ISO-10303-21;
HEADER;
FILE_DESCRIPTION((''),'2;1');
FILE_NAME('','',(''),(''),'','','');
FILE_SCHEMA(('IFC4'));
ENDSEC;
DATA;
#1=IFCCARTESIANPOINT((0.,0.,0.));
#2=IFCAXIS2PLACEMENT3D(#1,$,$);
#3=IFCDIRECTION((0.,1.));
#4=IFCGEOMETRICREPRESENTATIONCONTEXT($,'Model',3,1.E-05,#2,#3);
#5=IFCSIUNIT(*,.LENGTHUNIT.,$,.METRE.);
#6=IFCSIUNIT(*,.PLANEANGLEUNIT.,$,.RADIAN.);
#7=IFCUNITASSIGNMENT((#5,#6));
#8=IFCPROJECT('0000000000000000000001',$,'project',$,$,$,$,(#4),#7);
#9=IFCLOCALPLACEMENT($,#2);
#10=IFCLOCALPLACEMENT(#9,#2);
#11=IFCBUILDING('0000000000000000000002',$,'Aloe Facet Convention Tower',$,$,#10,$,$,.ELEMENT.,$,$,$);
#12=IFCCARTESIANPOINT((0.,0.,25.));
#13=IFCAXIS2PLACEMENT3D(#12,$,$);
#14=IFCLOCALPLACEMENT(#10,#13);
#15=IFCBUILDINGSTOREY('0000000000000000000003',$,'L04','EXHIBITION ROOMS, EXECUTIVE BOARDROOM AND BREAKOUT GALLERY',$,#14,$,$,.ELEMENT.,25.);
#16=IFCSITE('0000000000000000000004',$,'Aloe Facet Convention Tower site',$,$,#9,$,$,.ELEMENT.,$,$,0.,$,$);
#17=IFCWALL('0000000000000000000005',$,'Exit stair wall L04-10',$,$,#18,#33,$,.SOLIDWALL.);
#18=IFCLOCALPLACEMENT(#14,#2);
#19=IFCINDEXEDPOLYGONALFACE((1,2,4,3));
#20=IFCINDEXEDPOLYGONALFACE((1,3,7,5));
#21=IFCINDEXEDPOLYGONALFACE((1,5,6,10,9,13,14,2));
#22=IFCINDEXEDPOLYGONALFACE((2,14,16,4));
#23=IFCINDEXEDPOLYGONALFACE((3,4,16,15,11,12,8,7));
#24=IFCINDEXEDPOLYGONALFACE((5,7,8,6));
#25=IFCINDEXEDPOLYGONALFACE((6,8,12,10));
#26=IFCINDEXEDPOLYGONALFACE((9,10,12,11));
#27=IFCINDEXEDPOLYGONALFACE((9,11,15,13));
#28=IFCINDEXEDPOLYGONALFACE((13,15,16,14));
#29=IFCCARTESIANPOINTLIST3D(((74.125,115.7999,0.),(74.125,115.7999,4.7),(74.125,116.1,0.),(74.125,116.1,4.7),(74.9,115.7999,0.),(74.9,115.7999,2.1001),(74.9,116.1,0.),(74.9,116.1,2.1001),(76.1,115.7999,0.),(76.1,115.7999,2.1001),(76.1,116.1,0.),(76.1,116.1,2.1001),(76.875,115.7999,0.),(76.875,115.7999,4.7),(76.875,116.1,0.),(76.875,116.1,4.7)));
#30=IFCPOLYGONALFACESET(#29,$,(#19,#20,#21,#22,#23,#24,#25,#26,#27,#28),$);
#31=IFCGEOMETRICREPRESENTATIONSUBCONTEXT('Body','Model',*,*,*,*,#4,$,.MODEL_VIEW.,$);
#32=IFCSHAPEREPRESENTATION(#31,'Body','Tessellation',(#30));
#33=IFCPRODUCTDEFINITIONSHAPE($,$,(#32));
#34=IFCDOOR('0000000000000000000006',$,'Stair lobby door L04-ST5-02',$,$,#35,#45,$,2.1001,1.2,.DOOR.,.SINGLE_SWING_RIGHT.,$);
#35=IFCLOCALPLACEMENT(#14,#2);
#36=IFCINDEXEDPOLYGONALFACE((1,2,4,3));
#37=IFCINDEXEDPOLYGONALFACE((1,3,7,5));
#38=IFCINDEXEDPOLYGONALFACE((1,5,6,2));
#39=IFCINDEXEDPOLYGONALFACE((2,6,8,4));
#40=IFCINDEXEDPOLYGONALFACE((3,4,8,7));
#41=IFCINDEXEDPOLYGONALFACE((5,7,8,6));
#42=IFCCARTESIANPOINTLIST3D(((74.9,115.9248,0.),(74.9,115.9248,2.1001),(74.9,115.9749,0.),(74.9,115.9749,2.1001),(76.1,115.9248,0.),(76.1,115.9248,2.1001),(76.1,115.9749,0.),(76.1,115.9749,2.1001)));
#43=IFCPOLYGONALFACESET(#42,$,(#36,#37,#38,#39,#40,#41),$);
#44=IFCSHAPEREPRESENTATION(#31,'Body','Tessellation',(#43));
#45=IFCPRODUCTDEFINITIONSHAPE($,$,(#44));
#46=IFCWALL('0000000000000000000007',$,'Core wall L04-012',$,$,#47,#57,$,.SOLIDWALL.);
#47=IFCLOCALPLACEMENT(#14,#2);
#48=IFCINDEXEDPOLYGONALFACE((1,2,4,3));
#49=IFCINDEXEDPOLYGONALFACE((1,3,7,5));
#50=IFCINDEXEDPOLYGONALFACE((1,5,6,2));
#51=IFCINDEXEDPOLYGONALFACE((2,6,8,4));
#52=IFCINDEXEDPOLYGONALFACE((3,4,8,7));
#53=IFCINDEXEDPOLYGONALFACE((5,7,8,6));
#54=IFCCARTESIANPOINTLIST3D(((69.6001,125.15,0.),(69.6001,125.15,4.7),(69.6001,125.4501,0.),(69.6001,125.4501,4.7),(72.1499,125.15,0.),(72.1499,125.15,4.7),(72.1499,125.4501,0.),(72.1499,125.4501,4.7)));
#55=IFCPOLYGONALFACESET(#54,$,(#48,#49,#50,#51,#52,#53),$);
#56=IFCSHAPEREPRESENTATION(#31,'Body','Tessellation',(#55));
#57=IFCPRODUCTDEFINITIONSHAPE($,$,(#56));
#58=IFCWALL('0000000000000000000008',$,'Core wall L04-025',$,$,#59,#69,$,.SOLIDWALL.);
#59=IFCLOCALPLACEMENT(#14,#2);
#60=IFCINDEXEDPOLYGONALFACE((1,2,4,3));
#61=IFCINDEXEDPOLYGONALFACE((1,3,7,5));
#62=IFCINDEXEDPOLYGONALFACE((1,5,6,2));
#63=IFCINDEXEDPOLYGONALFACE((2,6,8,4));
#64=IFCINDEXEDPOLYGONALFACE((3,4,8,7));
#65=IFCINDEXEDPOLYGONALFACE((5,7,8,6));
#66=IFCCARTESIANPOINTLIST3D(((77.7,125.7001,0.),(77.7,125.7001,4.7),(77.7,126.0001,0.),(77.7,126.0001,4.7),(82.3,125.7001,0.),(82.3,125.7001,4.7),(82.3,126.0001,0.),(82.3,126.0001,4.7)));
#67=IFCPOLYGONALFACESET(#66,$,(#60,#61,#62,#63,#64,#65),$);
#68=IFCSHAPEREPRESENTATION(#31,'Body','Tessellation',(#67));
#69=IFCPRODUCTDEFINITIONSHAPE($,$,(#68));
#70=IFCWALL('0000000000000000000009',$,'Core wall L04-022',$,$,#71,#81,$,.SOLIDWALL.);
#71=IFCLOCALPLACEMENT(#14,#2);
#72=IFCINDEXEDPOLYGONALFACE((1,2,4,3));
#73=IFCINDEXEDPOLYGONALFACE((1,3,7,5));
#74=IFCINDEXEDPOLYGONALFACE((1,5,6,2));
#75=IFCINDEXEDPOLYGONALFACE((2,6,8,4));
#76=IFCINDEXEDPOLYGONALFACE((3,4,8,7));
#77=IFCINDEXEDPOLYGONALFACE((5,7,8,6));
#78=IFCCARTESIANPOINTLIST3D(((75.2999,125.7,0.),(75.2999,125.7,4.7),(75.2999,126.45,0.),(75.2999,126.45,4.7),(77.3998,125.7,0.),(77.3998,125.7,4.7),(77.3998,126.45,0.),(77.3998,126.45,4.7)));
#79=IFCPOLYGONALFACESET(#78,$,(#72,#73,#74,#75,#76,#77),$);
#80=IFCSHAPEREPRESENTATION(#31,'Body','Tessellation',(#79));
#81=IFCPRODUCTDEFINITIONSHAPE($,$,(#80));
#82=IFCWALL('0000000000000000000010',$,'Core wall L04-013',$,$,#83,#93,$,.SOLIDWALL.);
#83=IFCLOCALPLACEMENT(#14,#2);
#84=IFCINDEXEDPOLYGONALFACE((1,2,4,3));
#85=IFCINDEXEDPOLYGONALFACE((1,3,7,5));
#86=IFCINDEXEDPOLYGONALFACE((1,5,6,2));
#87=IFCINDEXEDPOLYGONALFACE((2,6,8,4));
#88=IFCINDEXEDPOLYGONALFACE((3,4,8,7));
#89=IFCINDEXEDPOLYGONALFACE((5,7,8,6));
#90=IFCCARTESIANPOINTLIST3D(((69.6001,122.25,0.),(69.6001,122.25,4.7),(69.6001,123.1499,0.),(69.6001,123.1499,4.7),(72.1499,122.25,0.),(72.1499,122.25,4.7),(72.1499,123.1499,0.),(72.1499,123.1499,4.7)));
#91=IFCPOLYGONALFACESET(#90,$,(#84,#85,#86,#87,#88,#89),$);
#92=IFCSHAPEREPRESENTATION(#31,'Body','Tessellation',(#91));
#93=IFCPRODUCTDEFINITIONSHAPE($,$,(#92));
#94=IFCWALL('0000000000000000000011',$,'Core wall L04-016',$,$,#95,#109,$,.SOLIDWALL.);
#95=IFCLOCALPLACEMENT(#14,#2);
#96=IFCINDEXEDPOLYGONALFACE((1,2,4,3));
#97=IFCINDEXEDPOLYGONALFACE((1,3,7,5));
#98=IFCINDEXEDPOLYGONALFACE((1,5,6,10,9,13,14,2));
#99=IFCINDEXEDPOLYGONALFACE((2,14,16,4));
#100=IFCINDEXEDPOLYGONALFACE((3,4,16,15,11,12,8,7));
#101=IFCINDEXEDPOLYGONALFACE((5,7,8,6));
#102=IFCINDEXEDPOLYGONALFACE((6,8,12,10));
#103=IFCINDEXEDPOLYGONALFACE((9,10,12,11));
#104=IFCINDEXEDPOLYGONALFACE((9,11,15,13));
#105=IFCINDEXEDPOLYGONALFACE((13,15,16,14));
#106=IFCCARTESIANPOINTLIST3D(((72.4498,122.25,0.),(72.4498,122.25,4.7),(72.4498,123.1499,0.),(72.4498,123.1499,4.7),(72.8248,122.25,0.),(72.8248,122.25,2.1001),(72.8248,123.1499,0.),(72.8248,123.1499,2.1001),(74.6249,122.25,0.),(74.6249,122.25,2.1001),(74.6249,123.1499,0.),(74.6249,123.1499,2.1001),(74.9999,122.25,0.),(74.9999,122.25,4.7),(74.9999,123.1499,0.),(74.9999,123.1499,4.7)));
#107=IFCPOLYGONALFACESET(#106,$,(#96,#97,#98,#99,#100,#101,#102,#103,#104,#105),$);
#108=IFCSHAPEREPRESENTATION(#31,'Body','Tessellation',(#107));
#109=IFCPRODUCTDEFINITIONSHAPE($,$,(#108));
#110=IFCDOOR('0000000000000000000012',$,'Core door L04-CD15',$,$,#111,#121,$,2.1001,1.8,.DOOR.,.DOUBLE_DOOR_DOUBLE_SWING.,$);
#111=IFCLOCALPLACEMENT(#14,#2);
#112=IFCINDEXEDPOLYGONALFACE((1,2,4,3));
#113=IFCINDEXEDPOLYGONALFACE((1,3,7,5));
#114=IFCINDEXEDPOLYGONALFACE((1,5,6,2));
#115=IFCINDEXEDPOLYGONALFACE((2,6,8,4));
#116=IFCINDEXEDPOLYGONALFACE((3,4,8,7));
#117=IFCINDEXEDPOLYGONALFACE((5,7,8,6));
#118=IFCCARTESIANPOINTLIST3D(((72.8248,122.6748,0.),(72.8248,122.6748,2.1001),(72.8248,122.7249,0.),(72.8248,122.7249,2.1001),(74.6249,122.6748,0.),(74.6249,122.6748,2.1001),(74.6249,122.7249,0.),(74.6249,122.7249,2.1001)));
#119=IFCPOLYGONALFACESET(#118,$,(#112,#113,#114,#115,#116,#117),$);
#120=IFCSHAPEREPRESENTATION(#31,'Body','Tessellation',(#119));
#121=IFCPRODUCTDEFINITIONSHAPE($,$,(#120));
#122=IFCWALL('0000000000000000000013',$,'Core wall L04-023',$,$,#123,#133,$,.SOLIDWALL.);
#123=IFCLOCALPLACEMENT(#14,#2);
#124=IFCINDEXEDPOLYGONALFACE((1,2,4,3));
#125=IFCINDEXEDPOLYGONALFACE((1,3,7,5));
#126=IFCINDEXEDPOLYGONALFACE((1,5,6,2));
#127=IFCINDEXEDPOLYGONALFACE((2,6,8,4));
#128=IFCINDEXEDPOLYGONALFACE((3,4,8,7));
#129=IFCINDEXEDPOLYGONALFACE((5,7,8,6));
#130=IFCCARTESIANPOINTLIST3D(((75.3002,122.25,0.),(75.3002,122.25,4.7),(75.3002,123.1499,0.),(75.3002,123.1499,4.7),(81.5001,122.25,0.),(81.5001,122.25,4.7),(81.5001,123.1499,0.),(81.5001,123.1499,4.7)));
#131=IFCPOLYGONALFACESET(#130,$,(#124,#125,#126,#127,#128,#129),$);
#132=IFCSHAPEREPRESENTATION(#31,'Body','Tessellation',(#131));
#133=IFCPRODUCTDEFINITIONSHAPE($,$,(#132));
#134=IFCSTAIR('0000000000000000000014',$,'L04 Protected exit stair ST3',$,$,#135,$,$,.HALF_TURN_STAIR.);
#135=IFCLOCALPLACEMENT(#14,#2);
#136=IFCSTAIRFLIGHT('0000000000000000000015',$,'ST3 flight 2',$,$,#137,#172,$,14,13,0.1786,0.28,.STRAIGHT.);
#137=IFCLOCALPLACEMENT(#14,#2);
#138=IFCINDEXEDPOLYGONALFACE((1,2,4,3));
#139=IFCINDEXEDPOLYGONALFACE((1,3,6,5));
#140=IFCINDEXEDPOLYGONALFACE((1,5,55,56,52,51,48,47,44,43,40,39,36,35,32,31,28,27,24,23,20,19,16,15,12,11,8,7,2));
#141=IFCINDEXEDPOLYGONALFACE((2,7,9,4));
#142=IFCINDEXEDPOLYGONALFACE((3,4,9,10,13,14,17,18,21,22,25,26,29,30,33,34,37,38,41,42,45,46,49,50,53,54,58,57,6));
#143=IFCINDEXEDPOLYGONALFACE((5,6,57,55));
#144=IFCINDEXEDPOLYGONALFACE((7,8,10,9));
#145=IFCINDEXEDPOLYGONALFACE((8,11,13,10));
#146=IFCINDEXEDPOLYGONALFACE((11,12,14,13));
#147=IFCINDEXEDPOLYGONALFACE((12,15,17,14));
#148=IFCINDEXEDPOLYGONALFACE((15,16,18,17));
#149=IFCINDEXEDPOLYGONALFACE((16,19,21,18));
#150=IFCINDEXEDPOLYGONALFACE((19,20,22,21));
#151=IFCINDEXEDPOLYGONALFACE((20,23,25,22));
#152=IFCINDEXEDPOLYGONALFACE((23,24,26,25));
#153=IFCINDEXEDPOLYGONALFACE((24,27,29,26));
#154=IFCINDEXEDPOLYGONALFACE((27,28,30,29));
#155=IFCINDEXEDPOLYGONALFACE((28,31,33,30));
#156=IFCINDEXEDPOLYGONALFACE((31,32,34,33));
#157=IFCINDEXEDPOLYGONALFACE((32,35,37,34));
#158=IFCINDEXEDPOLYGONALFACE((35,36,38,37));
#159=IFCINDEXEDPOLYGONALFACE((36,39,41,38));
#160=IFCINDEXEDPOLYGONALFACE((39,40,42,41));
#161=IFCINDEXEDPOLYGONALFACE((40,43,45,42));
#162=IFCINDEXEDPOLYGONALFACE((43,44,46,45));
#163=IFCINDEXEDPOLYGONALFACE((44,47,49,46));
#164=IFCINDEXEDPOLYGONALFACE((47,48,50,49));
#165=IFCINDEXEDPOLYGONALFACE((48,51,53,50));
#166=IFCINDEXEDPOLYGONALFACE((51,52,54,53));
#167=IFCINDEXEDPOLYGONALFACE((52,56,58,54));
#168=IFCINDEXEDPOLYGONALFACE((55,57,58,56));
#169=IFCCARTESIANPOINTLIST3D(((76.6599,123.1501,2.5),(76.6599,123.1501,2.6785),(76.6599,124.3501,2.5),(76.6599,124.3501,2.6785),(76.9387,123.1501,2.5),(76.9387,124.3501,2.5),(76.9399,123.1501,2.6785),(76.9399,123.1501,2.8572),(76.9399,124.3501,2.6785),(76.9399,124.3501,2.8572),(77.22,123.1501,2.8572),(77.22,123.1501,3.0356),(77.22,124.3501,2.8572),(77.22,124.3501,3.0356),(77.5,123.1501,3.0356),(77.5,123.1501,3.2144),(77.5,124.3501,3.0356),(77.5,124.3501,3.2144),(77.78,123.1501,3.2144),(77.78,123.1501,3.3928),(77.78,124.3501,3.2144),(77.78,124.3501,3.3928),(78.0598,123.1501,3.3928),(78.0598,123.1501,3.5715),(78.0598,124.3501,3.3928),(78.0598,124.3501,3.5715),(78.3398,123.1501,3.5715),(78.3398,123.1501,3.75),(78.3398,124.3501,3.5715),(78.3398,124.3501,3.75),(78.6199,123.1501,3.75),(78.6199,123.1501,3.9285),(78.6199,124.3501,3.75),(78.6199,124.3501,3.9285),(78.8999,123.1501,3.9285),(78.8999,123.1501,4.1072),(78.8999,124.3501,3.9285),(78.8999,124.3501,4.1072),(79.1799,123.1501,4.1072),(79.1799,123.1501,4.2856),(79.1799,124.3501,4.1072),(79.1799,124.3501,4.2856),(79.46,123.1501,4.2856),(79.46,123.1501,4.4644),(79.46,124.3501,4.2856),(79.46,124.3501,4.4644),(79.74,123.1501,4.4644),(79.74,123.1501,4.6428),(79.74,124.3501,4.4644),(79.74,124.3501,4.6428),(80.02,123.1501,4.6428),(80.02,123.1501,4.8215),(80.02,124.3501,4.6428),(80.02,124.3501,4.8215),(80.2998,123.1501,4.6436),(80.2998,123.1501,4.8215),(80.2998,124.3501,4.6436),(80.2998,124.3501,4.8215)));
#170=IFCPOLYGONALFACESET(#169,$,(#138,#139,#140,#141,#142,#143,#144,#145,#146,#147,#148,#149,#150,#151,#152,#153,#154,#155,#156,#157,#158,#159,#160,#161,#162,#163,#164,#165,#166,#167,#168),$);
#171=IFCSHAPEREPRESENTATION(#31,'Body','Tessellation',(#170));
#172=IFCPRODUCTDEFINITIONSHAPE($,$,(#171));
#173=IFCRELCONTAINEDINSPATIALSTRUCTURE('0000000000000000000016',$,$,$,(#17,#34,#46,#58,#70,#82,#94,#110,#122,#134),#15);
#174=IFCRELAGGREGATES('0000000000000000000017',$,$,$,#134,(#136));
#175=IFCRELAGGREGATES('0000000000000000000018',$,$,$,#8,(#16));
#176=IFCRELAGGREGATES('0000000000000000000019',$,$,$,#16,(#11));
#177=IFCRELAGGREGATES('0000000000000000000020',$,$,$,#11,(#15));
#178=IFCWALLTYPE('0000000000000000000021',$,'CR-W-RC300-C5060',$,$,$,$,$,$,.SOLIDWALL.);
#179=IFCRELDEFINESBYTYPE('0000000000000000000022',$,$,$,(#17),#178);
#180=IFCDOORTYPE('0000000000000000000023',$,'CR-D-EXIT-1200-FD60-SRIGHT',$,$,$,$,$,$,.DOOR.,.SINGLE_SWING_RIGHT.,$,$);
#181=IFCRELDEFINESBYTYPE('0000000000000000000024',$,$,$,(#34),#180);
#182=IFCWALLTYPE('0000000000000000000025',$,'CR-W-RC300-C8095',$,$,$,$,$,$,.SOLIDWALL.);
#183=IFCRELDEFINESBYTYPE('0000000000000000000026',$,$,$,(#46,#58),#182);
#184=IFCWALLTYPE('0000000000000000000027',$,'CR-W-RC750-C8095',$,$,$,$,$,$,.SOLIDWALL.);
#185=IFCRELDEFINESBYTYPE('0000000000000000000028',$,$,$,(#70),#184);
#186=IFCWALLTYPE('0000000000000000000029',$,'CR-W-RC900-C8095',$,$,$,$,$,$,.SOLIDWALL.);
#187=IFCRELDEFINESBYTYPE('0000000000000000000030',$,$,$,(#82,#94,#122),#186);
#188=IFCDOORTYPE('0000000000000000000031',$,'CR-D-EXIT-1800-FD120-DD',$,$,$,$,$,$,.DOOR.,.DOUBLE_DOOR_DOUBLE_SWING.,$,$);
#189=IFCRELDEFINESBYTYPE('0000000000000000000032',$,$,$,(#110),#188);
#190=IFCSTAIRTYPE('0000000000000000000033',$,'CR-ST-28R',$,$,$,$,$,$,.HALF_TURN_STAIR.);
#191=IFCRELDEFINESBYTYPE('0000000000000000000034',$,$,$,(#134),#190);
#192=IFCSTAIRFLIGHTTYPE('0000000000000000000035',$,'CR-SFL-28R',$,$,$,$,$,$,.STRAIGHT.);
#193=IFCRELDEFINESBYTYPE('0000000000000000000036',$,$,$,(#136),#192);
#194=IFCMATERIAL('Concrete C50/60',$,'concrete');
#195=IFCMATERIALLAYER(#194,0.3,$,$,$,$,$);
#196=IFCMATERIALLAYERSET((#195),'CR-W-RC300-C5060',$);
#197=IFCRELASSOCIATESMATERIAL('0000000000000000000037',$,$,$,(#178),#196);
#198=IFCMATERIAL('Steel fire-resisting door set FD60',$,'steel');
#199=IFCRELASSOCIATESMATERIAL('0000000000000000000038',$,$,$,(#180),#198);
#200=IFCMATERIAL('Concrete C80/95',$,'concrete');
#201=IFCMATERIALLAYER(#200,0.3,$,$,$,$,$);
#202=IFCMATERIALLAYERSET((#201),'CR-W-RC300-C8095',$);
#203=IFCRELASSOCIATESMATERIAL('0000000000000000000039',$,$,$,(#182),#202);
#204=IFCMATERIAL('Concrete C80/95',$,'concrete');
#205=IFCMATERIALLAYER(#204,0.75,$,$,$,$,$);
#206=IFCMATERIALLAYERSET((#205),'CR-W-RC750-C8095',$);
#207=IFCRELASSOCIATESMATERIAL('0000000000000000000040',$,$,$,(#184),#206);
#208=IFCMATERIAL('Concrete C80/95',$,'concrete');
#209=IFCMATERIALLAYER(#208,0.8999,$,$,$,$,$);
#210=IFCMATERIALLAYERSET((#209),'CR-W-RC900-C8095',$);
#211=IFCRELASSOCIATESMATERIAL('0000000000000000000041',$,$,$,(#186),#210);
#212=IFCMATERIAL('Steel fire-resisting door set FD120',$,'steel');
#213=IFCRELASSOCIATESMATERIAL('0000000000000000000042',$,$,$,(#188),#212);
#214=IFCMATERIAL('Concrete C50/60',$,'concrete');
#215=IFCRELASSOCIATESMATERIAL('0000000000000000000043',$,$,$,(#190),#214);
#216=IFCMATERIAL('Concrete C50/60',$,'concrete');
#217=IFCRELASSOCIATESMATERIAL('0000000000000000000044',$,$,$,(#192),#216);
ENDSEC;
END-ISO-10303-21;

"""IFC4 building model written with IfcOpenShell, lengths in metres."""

from ifc_helpers import new_model, si_unit, direction, frame, frame_2d, origin, place, context, subcontext, project, spatial, polyline, rectangle, outline, extrude, material, layer, layer_set, type_object, element, fill, aggregate, save


model = new_model("IFC4")

# Units and contexts
model_context = context("Model", 3, precision=1e-05, world=origin(), true_north=direction((0.0, 1.0)))
body_context = subcontext(model_context, "Body", "Model", "MODEL_VIEW")
ifc_project = project(units=[si_unit("LENGTHUNIT", "METRE"), si_unit("PLANEANGLEUNIT", "RADIAN")], contexts=[model_context])

# Site, building, storey
site_placement = place(None, origin())
site = spatial("IfcSite", under=ifc_project, at=site_placement, Name="Aloe Facet Convention Tower site", CompositionType="ELEMENT", RefElevation=0.0)
building_placement = place(site_placement, origin())
building = spatial("IfcBuilding", under=site, at=building_placement, Name="Aloe Facet Convention Tower", CompositionType="ELEMENT")
storey_placement = place(building_placement, frame((0.0, 0.0, 25.0)))
storey = spatial("IfcBuildingStorey", under=building, at=storey_placement, Name="L04", Description="EXHIBITION ROOMS, EXECUTIVE BOARDROOM AND BREAKOUT GALLERY", CompositionType="ELEMENT", Elevation=25.0)

# Wall, opening, door
ifc_material_1 = material(Name="Concrete C50/60", Category="concrete")
ifc_layer_1 = layer(ifc_material_1, 0.3)
ifc_layer_set_1 = layer_set([ifc_layer_1], Name="CR-W-RC300-C5060")
wall_type_1 = type_object("IfcWallType", Name="CR-W-RC300-C5060", PredefinedType="SOLIDWALL", material=ifc_layer_set_1)
wall_1_placement = place(storey_placement, frame((74.125, 115.95, 0.0), z_axis=(0.0, 0.0, 1.0), x_axis=(1.0, 0.0, 0.0)))
wall_1 = element("IfcWall", 1, at=wall_1_placement, inside=storey, type_object=wall_type_1, Name="Exit stair wall L04-10", PredefinedType="SOLIDWALL", context=body_context, shape_type="SweptSolid", body=[
    extrude(rectangle(XDim=2.75, YDim=0.3, at=frame_2d((1.375, 0.0))), origin(), (0.0, 0.0, 1.0), 4.7),
])
opening_1_placement = place(wall_1_placement, frame((0.7749, 0.0, 0.0)))
opening_1 = element("IfcOpeningElement", 2, at=opening_1_placement, cuts=wall_1, PredefinedType="OPENING", context=body_context, shape_type="SweptSolid", body=[
    extrude(rectangle(XDim=1.2, YDim=2.1001, at=frame_2d((0.6001, 1.05))), frame((0.0, 0.1602, 0.0), z_axis=(0.0, -1.0, 0.0), x_axis=(1.0, 0.0, 0.0)), (0.0, 0.0, 1.0), 0.3201),
])
ifc_material_2 = material(Name="Steel fire-resisting door set FD60", Category="steel")
door_type_1 = type_object("IfcDoorType", Name="CR-D-EXIT-1200-FD60-SRIGHT", OperationType="SINGLE_SWING_RIGHT", PredefinedType="DOOR", material=ifc_material_2)
door_1_placement = place(opening_1_placement, origin())
door_1 = element("IfcDoor", 3, at=door_1_placement, inside=storey, type_object=door_type_1, Name="Stair lobby door L04-ST5-02", OperationType="SINGLE_SWING_RIGHT", OverallHeight=2.1001, OverallWidth=1.2, PredefinedType="DOOR", context=body_context, shape_type="SweptSolid", body=[
    extrude(rectangle(XDim=1.2, YDim=2.1001, at=frame_2d((0.6001, 1.05))), frame((0.0, 0.0249, 0.0), z_axis=(0.0, -1.0, 0.0), x_axis=(1.0, 0.0, 0.0)), (0.0, 0.0, 1.0), 0.05),
])
fill(opening_1, door_1)

# Walls
ifc_material_3 = material(Name="Concrete C80/95", Category="concrete")
ifc_layer_2 = layer(ifc_material_3, 0.3)
ifc_layer_set_2 = layer_set([ifc_layer_2], Name="CR-W-RC300-C8095")
wall_type_2 = type_object("IfcWallType", Name="CR-W-RC300-C8095", PredefinedType="SOLIDWALL", material=ifc_layer_set_2)
wall_2_placement = place(storey_placement, frame((69.6001, 125.3, 0.0), z_axis=(0.0, 0.0, 1.0), x_axis=(1.0, 0.0, 0.0)))
element("IfcWall", 4, at=wall_2_placement, inside=storey, type_object=wall_type_2, Name="Core wall L04-012", PredefinedType="SOLIDWALL", context=body_context, shape_type="SweptSolid", body=[
    extrude(rectangle(XDim=2.5498, YDim=0.3, at=frame_2d((1.2749, 0.0))), origin(), (0.0, 0.0, 1.0), 4.7),
])
wall_3_placement = place(storey_placement, frame((77.7, 125.8501, 0.0), z_axis=(0.0, 0.0, 1.0), x_axis=(1.0, 0.0, 0.0)))
element("IfcWall", 5, at=wall_3_placement, inside=storey, type_object=wall_type_2, Name="Core wall L04-025", PredefinedType="SOLIDWALL", context=body_context, shape_type="SweptSolid", body=[
    extrude(rectangle(XDim=4.6001, YDim=0.3, at=frame_2d((2.3, 0.0))), origin(), (0.0, 0.0, 1.0), 4.7),
])
ifc_material_4 = material(Name="Concrete C80/95", Category="concrete")
ifc_layer_3 = layer(ifc_material_4, 0.75)
ifc_layer_set_3 = layer_set([ifc_layer_3], Name="CR-W-RC750-C8095")
wall_type_3 = type_object("IfcWallType", Name="CR-W-RC750-C8095", PredefinedType="SOLIDWALL", material=ifc_layer_set_3)
wall_4_placement = place(storey_placement, frame((75.3, 126.075, 0.0), z_axis=(0.0, 0.0, 1.0), x_axis=(1.0, 0.0, 0.0)))
element("IfcWall", 6, at=wall_4_placement, inside=storey, type_object=wall_type_3, Name="Core wall L04-022", PredefinedType="SOLIDWALL", context=body_context, shape_type="SweptSolid", body=[
    extrude(rectangle(XDim=2.0999, YDim=0.75, at=frame_2d((1.0498, 0.0))), origin(), (0.0, 0.0, 1.0), 4.7),
])
ifc_material_5 = material(Name="Concrete C80/95", Category="concrete")
ifc_layer_4 = layer(ifc_material_5, 0.8999)
ifc_layer_set_4 = layer_set([ifc_layer_4], Name="CR-W-RC900-C8095")
wall_type_4 = type_object("IfcWallType", Name="CR-W-RC900-C8095", PredefinedType="SOLIDWALL", material=ifc_layer_set_4)
wall_5_placement = place(storey_placement, frame((69.6001, 122.7, 0.0), z_axis=(0.0, 0.0, 1.0), x_axis=(1.0, 0.0, 0.0)))
element("IfcWall", 7, at=wall_5_placement, inside=storey, type_object=wall_type_4, Name="Core wall L04-013", PredefinedType="SOLIDWALL", context=body_context, shape_type="SweptSolid", body=[
    extrude(rectangle(XDim=2.5498, YDim=0.8999, at=frame_2d((1.2749, 0.0))), origin(), (0.0, 0.0, 1.0), 4.7),
])

# Wall, opening, door
wall_6_placement = place(storey_placement, frame((72.45, 122.7, 0.0), z_axis=(0.0, 0.0, 1.0), x_axis=(1.0, 0.0, 0.0)))
wall_6 = element("IfcWall", 8, at=wall_6_placement, inside=storey, type_object=wall_type_4, Name="Core wall L04-016", PredefinedType="SOLIDWALL", context=body_context, shape_type="SweptSolid", body=[
    extrude(rectangle(XDim=2.55, YDim=0.8999, at=frame_2d((1.2749, 0.0))), origin(), (0.0, 0.0, 1.0), 4.7),
])
opening_2_placement = place(wall_6_placement, frame((0.375, 0.0, 0.0)))
opening_2 = element("IfcOpeningElement", 9, at=opening_2_placement, cuts=wall_6, PredefinedType="OPENING", context=body_context, shape_type="SweptSolid", body=[
    extrude(rectangle(XDim=1.8, YDim=2.1001, at=frame_2d((0.8999, 1.05))), frame((0.0, 0.46, 0.0), z_axis=(0.0, -1.0, 0.0), x_axis=(1.0, 0.0, 0.0)), (0.0, 0.0, 1.0), 0.9199),
])
ifc_material_6 = material(Name="Steel fire-resisting door set FD120", Category="steel")
door_type_2 = type_object("IfcDoorType", Name="CR-D-EXIT-1800-FD120-DD", OperationType="DOUBLE_DOOR_DOUBLE_SWING", PredefinedType="DOOR", material=ifc_material_6)
door_2_placement = place(opening_2_placement, origin())
door_2 = element("IfcDoor", 10, at=door_2_placement, inside=storey, type_object=door_type_2, Name="Core door L04-CD15", OperationType="DOUBLE_DOOR_DOUBLE_SWING", OverallHeight=2.1001, OverallWidth=1.8, PredefinedType="DOOR", context=body_context, shape_type="SweptSolid", body=[
    extrude(rectangle(XDim=1.8, YDim=2.1001, at=frame_2d((0.8999, 1.05))), frame((0.0, 0.0249, 0.0), z_axis=(0.0, -1.0, 0.0), x_axis=(1.0, 0.0, 0.0)), (0.0, 0.0, 1.0), 0.05),
])
fill(opening_2, door_2)

# Wall
wall_7_placement = place(storey_placement, frame((75.3, 122.7, 0.0), z_axis=(0.0, 0.0, 1.0), x_axis=(1.0, 0.0, 0.0)))
element("IfcWall", 11, at=wall_7_placement, inside=storey, type_object=wall_type_4, Name="Core wall L04-023", PredefinedType="SOLIDWALL", context=body_context, shape_type="SweptSolid", body=[
    extrude(rectangle(XDim=6.2, YDim=0.8999, at=frame_2d((3.1001, 0.0))), origin(), (0.0, 0.0, 1.0), 4.7),
])

# Stair, stair flight
ifc_material_7 = material(Name="Concrete C50/60", Category="concrete")
stair_type = type_object("IfcStairType", Name="CR-ST-28R", PredefinedType="HALF_TURN_STAIR", material=ifc_material_7)
stair_placement = place(storey_placement, origin())
stair = element("IfcStair", 12, at=stair_placement, inside=storey, type_object=stair_type, Name="L04 Protected exit stair ST3", PredefinedType="HALF_TURN_STAIR")
ifc_material_8 = material(Name="Concrete C50/60", Category="concrete")
stair_flight_type = type_object("IfcStairFlightType", Name="CR-SFL-28R", PredefinedType="STRAIGHT", material=ifc_material_8)
stair_flight_placement = place(storey_placement, frame((76.6599, 123.75, 2.5), z_axis=(0.0, 0.0, 1.0), x_axis=(1.0, 0.0, 0.0)))
stair_flight = element("IfcStairFlight", 13, at=stair_flight_placement, type_object=stair_flight_type, Name="ST3 flight 2", NumberOfRisers=14, NumberOfTreads=13, PredefinedType="STRAIGHT", RiserHeight=0.1786, TreadLength=0.28, context=body_context, shape_type="SweptSolid", body=[
    extrude(outline(polyline([(0.0, 0.0), (0.0, 0.1785), (0.28, 0.1785), (0.28, 0.3572), (0.5601, 0.3572), (0.5601, 0.5356), (0.8401, 0.5356), (0.8401, 0.7144), (1.1201, 0.7144), (1.1201, 0.8928), (1.3999, 0.8928), (1.3999, 1.0715), (1.6799, 1.0715), (1.6799, 1.25), (1.96, 1.25), (1.96, 1.4285), (2.24, 1.4285), (2.24, 1.6072), (2.52, 1.6072), (2.52, 1.7856), (2.8, 1.7856), (2.8, 1.9644), (3.0801, 1.9644), (3.0801, 2.1428), (3.3601, 2.1428), (3.3601, 2.3215), (3.6399, 2.3215), (3.6399, 2.5), (3.6399, 2.1436), (0.2788, 0.0), (0.0, 0.0)])), frame((0.0, 0.6001, 0.0), z_axis=(0.0, -1.0, 0.0), x_axis=(1.0, 0.0, 0.0)), (0.0, 0.0, 1.0), 1.2),
])
aggregate(stair, [stair_flight])

save(model, "model.ifc")
